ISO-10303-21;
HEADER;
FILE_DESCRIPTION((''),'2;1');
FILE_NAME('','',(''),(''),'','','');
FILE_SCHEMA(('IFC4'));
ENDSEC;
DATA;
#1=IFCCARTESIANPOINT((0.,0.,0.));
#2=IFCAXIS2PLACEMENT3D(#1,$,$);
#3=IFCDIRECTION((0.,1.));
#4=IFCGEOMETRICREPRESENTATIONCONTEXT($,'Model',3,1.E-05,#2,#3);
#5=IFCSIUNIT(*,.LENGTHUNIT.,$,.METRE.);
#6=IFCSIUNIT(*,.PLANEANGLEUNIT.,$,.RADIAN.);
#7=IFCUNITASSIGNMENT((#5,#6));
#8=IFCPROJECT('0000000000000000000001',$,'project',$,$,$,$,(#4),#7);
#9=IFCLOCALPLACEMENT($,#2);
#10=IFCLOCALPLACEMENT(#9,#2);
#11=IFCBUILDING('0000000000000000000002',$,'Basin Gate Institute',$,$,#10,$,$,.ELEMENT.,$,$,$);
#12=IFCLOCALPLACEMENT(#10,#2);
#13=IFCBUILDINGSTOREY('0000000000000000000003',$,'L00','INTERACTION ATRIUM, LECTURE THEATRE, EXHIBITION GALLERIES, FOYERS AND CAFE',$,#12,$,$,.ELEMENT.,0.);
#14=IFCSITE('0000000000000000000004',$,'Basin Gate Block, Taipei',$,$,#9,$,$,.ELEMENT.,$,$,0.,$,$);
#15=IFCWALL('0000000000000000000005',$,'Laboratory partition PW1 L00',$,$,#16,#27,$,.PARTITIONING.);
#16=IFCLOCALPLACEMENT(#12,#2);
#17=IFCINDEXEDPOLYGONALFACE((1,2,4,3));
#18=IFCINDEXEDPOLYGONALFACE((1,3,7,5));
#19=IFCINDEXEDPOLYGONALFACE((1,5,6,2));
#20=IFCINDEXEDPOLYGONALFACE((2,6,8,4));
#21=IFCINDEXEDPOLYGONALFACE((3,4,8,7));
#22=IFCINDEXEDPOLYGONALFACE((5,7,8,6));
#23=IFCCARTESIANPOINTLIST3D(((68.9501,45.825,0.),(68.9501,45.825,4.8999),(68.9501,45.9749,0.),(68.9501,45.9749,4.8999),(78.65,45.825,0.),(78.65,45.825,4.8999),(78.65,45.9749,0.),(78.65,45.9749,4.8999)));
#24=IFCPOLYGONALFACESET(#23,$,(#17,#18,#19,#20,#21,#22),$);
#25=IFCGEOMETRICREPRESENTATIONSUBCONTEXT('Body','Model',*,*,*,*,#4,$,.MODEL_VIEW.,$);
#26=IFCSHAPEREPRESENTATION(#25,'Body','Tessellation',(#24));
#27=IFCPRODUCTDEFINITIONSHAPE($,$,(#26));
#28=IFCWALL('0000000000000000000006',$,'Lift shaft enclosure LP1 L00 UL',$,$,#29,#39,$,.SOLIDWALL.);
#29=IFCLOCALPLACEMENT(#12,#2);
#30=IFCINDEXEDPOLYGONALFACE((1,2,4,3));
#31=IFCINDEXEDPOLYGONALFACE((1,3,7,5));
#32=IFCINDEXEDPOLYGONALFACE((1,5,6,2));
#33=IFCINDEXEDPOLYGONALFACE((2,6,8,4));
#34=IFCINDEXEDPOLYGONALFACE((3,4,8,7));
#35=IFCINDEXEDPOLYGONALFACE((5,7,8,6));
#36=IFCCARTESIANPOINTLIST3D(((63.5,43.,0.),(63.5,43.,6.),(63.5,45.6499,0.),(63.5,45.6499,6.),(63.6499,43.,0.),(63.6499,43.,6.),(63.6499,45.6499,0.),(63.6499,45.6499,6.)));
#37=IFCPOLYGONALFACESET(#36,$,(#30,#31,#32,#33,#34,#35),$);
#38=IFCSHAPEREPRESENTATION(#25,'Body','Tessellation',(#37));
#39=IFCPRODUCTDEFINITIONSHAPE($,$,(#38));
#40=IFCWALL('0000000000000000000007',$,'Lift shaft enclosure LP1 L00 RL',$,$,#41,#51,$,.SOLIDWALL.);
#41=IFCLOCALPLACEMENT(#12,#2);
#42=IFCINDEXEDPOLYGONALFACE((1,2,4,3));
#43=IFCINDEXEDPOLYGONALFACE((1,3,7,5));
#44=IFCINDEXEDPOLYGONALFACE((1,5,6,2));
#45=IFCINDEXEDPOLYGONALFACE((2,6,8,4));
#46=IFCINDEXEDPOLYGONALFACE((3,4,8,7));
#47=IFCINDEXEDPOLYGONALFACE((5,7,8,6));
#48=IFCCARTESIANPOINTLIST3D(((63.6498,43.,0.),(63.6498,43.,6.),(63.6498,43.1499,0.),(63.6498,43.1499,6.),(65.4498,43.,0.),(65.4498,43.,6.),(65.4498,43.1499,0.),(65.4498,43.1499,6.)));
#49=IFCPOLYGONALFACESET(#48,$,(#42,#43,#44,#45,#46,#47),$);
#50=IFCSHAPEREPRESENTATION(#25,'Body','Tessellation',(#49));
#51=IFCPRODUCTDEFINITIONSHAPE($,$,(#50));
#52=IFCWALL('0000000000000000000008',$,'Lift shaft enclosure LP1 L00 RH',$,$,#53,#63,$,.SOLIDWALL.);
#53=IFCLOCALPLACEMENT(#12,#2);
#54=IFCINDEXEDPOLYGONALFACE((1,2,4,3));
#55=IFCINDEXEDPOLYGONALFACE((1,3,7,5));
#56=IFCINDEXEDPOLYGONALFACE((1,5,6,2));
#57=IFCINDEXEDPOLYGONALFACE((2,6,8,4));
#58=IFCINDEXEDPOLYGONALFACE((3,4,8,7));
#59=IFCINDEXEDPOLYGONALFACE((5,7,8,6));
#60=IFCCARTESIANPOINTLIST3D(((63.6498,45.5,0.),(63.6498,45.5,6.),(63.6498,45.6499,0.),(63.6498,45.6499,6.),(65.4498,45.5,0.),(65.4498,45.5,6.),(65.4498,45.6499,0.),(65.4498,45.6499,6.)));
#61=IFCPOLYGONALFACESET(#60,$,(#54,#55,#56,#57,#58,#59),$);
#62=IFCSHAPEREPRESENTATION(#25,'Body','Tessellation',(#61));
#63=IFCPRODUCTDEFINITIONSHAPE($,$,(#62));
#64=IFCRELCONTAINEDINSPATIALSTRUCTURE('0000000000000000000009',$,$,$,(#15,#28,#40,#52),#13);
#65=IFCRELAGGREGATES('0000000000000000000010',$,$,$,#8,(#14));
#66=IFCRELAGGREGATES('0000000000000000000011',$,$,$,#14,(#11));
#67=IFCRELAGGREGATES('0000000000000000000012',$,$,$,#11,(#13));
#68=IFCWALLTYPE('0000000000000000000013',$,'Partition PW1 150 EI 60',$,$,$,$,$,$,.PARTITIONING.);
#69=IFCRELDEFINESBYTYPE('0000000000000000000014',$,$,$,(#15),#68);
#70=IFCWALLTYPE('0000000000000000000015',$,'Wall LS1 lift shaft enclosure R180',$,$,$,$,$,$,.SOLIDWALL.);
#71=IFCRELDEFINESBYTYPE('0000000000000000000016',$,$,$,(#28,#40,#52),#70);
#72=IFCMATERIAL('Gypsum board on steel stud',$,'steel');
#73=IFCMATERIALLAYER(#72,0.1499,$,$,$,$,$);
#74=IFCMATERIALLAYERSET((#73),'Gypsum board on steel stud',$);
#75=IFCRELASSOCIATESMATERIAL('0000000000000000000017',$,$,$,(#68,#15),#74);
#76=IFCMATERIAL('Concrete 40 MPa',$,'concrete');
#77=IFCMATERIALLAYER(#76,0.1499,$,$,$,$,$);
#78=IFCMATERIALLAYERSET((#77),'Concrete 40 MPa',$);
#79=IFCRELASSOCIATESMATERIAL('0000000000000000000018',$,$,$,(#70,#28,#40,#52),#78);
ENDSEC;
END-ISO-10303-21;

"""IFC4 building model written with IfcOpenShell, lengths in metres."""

from ifc_helpers import new_model, si_unit, direction, frame, frame_2d, origin, place, context, subcontext, project, spatial, rectangle, extrude, material, layer, layer_set, type_object, element, save


model = new_model("IFC4")

# Units and contexts
model_context = context("Model", 3, precision=1e-05, world=origin(), true_north=direction((0.0, 1.0)))
body_context = subcontext(model_context, "Body", "Model", "MODEL_VIEW")
ifc_project = project(units=[si_unit("LENGTHUNIT", "METRE"), si_unit("PLANEANGLEUNIT", "RADIAN")], contexts=[model_context])

# Site, building, storey
site_placement = place(None, origin())
site = spatial("IfcSite", under=ifc_project, at=site_placement, Name="Basin Gate Block, Taipei", CompositionType="ELEMENT", RefElevation=0.0)
building_placement = place(site_placement, origin())
building = spatial("IfcBuilding", under=site, at=building_placement, Name="Basin Gate Institute", CompositionType="ELEMENT")
storey_placement = place(building_placement, origin())
storey = spatial("IfcBuildingStorey", under=building, at=storey_placement, Name="L00", Description="INTERACTION ATRIUM, LECTURE THEATRE, EXHIBITION GALLERIES, FOYERS AND CAFE", CompositionType="ELEMENT", Elevation=0.0)

# Shared definitions
ifc_material_1 = material(Name="Gypsum board on steel stud", Category="steel")
ifc_layer_1 = layer(ifc_material_1, 0.1499)
ifc_layer_set_1 = layer_set([ifc_layer_1], Name="Gypsum board on steel stud")
wall_type_1 = type_object("IfcWallType", Name="Partition PW1 150 EI 60", PredefinedType="PARTITIONING", material=ifc_layer_set_1)

# Walls
wall_1_placement = place(storey_placement, frame((68.95, 45.8999, 0.0), z_axis=(0.0, 0.0, 1.0), x_axis=(1.0, 0.0, 0.0)))
element("IfcWall", 1, at=wall_1_placement, inside=storey, type_object=wall_type_1, material=ifc_layer_set_1, Name="Laboratory partition PW1 L00", PredefinedType="PARTITIONING", context=body_context, shape_type="SweptSolid", body=[
    extrude(rectangle(XDim=9.7, YDim=0.1499, at=frame_2d((4.8501, 0.0))), origin(), (0.0, 0.0, 1.0), 4.8999),
])
ifc_material_2 = material(Name="Concrete 40 MPa", Category="concrete")
ifc_layer_2 = layer(ifc_material_2, 0.1499)
ifc_layer_set_2 = layer_set([ifc_layer_2], Name="Concrete 40 MPa")
wall_type_2 = type_object("IfcWallType", Name="Wall LS1 lift shaft enclosure R180", PredefinedType="SOLIDWALL", material=ifc_layer_set_2)
wall_2_placement = place(storey_placement, frame((63.575, 43.0, 0.0), z_axis=(0.0, 0.0, 1.0), x_axis=(0.0, 1.0, 0.0)))
element("IfcWall", 2, at=wall_2_placement, inside=storey, type_object=wall_type_2, material=ifc_layer_set_2, Name="Lift shaft enclosure LP1 L00 UL", PredefinedType="SOLIDWALL", context=body_context, shape_type="SweptSolid", body=[
    extrude(rectangle(XDim=2.6499, YDim=0.1499, at=frame_2d((1.325, 0.0))), origin(), (0.0, 0.0, 1.0), 6.0),
])
for number, where, z_axis, x_axis, name in (
    (3, (63.6499, 43.075, 0.0), (0.0, 0.0, 1.0), (1.0, 0.0, 0.0), "Lift shaft enclosure LP1 L00 RL"),
    (4, (63.6499, 45.575, 0.0), (0.0, 0.0, 1.0), (1.0, 0.0, 0.0), "Lift shaft enclosure LP1 L00 RH"),
):
    element("IfcWall", number, at=place(storey_placement, frame(where, z_axis=z_axis, x_axis=x_axis)), inside=storey, type_object=wall_type_2, material=ifc_layer_set_2, Name=name, PredefinedType="SOLIDWALL", context=body_context, shape_type="SweptSolid", body=[
        extrude(rectangle(XDim=1.8, YDim=0.1499, at=frame_2d((0.8999, 0.0))), origin(), (0.0, 0.0, 1.0), 6.0),
    ])

save(model, "model.ifc")
